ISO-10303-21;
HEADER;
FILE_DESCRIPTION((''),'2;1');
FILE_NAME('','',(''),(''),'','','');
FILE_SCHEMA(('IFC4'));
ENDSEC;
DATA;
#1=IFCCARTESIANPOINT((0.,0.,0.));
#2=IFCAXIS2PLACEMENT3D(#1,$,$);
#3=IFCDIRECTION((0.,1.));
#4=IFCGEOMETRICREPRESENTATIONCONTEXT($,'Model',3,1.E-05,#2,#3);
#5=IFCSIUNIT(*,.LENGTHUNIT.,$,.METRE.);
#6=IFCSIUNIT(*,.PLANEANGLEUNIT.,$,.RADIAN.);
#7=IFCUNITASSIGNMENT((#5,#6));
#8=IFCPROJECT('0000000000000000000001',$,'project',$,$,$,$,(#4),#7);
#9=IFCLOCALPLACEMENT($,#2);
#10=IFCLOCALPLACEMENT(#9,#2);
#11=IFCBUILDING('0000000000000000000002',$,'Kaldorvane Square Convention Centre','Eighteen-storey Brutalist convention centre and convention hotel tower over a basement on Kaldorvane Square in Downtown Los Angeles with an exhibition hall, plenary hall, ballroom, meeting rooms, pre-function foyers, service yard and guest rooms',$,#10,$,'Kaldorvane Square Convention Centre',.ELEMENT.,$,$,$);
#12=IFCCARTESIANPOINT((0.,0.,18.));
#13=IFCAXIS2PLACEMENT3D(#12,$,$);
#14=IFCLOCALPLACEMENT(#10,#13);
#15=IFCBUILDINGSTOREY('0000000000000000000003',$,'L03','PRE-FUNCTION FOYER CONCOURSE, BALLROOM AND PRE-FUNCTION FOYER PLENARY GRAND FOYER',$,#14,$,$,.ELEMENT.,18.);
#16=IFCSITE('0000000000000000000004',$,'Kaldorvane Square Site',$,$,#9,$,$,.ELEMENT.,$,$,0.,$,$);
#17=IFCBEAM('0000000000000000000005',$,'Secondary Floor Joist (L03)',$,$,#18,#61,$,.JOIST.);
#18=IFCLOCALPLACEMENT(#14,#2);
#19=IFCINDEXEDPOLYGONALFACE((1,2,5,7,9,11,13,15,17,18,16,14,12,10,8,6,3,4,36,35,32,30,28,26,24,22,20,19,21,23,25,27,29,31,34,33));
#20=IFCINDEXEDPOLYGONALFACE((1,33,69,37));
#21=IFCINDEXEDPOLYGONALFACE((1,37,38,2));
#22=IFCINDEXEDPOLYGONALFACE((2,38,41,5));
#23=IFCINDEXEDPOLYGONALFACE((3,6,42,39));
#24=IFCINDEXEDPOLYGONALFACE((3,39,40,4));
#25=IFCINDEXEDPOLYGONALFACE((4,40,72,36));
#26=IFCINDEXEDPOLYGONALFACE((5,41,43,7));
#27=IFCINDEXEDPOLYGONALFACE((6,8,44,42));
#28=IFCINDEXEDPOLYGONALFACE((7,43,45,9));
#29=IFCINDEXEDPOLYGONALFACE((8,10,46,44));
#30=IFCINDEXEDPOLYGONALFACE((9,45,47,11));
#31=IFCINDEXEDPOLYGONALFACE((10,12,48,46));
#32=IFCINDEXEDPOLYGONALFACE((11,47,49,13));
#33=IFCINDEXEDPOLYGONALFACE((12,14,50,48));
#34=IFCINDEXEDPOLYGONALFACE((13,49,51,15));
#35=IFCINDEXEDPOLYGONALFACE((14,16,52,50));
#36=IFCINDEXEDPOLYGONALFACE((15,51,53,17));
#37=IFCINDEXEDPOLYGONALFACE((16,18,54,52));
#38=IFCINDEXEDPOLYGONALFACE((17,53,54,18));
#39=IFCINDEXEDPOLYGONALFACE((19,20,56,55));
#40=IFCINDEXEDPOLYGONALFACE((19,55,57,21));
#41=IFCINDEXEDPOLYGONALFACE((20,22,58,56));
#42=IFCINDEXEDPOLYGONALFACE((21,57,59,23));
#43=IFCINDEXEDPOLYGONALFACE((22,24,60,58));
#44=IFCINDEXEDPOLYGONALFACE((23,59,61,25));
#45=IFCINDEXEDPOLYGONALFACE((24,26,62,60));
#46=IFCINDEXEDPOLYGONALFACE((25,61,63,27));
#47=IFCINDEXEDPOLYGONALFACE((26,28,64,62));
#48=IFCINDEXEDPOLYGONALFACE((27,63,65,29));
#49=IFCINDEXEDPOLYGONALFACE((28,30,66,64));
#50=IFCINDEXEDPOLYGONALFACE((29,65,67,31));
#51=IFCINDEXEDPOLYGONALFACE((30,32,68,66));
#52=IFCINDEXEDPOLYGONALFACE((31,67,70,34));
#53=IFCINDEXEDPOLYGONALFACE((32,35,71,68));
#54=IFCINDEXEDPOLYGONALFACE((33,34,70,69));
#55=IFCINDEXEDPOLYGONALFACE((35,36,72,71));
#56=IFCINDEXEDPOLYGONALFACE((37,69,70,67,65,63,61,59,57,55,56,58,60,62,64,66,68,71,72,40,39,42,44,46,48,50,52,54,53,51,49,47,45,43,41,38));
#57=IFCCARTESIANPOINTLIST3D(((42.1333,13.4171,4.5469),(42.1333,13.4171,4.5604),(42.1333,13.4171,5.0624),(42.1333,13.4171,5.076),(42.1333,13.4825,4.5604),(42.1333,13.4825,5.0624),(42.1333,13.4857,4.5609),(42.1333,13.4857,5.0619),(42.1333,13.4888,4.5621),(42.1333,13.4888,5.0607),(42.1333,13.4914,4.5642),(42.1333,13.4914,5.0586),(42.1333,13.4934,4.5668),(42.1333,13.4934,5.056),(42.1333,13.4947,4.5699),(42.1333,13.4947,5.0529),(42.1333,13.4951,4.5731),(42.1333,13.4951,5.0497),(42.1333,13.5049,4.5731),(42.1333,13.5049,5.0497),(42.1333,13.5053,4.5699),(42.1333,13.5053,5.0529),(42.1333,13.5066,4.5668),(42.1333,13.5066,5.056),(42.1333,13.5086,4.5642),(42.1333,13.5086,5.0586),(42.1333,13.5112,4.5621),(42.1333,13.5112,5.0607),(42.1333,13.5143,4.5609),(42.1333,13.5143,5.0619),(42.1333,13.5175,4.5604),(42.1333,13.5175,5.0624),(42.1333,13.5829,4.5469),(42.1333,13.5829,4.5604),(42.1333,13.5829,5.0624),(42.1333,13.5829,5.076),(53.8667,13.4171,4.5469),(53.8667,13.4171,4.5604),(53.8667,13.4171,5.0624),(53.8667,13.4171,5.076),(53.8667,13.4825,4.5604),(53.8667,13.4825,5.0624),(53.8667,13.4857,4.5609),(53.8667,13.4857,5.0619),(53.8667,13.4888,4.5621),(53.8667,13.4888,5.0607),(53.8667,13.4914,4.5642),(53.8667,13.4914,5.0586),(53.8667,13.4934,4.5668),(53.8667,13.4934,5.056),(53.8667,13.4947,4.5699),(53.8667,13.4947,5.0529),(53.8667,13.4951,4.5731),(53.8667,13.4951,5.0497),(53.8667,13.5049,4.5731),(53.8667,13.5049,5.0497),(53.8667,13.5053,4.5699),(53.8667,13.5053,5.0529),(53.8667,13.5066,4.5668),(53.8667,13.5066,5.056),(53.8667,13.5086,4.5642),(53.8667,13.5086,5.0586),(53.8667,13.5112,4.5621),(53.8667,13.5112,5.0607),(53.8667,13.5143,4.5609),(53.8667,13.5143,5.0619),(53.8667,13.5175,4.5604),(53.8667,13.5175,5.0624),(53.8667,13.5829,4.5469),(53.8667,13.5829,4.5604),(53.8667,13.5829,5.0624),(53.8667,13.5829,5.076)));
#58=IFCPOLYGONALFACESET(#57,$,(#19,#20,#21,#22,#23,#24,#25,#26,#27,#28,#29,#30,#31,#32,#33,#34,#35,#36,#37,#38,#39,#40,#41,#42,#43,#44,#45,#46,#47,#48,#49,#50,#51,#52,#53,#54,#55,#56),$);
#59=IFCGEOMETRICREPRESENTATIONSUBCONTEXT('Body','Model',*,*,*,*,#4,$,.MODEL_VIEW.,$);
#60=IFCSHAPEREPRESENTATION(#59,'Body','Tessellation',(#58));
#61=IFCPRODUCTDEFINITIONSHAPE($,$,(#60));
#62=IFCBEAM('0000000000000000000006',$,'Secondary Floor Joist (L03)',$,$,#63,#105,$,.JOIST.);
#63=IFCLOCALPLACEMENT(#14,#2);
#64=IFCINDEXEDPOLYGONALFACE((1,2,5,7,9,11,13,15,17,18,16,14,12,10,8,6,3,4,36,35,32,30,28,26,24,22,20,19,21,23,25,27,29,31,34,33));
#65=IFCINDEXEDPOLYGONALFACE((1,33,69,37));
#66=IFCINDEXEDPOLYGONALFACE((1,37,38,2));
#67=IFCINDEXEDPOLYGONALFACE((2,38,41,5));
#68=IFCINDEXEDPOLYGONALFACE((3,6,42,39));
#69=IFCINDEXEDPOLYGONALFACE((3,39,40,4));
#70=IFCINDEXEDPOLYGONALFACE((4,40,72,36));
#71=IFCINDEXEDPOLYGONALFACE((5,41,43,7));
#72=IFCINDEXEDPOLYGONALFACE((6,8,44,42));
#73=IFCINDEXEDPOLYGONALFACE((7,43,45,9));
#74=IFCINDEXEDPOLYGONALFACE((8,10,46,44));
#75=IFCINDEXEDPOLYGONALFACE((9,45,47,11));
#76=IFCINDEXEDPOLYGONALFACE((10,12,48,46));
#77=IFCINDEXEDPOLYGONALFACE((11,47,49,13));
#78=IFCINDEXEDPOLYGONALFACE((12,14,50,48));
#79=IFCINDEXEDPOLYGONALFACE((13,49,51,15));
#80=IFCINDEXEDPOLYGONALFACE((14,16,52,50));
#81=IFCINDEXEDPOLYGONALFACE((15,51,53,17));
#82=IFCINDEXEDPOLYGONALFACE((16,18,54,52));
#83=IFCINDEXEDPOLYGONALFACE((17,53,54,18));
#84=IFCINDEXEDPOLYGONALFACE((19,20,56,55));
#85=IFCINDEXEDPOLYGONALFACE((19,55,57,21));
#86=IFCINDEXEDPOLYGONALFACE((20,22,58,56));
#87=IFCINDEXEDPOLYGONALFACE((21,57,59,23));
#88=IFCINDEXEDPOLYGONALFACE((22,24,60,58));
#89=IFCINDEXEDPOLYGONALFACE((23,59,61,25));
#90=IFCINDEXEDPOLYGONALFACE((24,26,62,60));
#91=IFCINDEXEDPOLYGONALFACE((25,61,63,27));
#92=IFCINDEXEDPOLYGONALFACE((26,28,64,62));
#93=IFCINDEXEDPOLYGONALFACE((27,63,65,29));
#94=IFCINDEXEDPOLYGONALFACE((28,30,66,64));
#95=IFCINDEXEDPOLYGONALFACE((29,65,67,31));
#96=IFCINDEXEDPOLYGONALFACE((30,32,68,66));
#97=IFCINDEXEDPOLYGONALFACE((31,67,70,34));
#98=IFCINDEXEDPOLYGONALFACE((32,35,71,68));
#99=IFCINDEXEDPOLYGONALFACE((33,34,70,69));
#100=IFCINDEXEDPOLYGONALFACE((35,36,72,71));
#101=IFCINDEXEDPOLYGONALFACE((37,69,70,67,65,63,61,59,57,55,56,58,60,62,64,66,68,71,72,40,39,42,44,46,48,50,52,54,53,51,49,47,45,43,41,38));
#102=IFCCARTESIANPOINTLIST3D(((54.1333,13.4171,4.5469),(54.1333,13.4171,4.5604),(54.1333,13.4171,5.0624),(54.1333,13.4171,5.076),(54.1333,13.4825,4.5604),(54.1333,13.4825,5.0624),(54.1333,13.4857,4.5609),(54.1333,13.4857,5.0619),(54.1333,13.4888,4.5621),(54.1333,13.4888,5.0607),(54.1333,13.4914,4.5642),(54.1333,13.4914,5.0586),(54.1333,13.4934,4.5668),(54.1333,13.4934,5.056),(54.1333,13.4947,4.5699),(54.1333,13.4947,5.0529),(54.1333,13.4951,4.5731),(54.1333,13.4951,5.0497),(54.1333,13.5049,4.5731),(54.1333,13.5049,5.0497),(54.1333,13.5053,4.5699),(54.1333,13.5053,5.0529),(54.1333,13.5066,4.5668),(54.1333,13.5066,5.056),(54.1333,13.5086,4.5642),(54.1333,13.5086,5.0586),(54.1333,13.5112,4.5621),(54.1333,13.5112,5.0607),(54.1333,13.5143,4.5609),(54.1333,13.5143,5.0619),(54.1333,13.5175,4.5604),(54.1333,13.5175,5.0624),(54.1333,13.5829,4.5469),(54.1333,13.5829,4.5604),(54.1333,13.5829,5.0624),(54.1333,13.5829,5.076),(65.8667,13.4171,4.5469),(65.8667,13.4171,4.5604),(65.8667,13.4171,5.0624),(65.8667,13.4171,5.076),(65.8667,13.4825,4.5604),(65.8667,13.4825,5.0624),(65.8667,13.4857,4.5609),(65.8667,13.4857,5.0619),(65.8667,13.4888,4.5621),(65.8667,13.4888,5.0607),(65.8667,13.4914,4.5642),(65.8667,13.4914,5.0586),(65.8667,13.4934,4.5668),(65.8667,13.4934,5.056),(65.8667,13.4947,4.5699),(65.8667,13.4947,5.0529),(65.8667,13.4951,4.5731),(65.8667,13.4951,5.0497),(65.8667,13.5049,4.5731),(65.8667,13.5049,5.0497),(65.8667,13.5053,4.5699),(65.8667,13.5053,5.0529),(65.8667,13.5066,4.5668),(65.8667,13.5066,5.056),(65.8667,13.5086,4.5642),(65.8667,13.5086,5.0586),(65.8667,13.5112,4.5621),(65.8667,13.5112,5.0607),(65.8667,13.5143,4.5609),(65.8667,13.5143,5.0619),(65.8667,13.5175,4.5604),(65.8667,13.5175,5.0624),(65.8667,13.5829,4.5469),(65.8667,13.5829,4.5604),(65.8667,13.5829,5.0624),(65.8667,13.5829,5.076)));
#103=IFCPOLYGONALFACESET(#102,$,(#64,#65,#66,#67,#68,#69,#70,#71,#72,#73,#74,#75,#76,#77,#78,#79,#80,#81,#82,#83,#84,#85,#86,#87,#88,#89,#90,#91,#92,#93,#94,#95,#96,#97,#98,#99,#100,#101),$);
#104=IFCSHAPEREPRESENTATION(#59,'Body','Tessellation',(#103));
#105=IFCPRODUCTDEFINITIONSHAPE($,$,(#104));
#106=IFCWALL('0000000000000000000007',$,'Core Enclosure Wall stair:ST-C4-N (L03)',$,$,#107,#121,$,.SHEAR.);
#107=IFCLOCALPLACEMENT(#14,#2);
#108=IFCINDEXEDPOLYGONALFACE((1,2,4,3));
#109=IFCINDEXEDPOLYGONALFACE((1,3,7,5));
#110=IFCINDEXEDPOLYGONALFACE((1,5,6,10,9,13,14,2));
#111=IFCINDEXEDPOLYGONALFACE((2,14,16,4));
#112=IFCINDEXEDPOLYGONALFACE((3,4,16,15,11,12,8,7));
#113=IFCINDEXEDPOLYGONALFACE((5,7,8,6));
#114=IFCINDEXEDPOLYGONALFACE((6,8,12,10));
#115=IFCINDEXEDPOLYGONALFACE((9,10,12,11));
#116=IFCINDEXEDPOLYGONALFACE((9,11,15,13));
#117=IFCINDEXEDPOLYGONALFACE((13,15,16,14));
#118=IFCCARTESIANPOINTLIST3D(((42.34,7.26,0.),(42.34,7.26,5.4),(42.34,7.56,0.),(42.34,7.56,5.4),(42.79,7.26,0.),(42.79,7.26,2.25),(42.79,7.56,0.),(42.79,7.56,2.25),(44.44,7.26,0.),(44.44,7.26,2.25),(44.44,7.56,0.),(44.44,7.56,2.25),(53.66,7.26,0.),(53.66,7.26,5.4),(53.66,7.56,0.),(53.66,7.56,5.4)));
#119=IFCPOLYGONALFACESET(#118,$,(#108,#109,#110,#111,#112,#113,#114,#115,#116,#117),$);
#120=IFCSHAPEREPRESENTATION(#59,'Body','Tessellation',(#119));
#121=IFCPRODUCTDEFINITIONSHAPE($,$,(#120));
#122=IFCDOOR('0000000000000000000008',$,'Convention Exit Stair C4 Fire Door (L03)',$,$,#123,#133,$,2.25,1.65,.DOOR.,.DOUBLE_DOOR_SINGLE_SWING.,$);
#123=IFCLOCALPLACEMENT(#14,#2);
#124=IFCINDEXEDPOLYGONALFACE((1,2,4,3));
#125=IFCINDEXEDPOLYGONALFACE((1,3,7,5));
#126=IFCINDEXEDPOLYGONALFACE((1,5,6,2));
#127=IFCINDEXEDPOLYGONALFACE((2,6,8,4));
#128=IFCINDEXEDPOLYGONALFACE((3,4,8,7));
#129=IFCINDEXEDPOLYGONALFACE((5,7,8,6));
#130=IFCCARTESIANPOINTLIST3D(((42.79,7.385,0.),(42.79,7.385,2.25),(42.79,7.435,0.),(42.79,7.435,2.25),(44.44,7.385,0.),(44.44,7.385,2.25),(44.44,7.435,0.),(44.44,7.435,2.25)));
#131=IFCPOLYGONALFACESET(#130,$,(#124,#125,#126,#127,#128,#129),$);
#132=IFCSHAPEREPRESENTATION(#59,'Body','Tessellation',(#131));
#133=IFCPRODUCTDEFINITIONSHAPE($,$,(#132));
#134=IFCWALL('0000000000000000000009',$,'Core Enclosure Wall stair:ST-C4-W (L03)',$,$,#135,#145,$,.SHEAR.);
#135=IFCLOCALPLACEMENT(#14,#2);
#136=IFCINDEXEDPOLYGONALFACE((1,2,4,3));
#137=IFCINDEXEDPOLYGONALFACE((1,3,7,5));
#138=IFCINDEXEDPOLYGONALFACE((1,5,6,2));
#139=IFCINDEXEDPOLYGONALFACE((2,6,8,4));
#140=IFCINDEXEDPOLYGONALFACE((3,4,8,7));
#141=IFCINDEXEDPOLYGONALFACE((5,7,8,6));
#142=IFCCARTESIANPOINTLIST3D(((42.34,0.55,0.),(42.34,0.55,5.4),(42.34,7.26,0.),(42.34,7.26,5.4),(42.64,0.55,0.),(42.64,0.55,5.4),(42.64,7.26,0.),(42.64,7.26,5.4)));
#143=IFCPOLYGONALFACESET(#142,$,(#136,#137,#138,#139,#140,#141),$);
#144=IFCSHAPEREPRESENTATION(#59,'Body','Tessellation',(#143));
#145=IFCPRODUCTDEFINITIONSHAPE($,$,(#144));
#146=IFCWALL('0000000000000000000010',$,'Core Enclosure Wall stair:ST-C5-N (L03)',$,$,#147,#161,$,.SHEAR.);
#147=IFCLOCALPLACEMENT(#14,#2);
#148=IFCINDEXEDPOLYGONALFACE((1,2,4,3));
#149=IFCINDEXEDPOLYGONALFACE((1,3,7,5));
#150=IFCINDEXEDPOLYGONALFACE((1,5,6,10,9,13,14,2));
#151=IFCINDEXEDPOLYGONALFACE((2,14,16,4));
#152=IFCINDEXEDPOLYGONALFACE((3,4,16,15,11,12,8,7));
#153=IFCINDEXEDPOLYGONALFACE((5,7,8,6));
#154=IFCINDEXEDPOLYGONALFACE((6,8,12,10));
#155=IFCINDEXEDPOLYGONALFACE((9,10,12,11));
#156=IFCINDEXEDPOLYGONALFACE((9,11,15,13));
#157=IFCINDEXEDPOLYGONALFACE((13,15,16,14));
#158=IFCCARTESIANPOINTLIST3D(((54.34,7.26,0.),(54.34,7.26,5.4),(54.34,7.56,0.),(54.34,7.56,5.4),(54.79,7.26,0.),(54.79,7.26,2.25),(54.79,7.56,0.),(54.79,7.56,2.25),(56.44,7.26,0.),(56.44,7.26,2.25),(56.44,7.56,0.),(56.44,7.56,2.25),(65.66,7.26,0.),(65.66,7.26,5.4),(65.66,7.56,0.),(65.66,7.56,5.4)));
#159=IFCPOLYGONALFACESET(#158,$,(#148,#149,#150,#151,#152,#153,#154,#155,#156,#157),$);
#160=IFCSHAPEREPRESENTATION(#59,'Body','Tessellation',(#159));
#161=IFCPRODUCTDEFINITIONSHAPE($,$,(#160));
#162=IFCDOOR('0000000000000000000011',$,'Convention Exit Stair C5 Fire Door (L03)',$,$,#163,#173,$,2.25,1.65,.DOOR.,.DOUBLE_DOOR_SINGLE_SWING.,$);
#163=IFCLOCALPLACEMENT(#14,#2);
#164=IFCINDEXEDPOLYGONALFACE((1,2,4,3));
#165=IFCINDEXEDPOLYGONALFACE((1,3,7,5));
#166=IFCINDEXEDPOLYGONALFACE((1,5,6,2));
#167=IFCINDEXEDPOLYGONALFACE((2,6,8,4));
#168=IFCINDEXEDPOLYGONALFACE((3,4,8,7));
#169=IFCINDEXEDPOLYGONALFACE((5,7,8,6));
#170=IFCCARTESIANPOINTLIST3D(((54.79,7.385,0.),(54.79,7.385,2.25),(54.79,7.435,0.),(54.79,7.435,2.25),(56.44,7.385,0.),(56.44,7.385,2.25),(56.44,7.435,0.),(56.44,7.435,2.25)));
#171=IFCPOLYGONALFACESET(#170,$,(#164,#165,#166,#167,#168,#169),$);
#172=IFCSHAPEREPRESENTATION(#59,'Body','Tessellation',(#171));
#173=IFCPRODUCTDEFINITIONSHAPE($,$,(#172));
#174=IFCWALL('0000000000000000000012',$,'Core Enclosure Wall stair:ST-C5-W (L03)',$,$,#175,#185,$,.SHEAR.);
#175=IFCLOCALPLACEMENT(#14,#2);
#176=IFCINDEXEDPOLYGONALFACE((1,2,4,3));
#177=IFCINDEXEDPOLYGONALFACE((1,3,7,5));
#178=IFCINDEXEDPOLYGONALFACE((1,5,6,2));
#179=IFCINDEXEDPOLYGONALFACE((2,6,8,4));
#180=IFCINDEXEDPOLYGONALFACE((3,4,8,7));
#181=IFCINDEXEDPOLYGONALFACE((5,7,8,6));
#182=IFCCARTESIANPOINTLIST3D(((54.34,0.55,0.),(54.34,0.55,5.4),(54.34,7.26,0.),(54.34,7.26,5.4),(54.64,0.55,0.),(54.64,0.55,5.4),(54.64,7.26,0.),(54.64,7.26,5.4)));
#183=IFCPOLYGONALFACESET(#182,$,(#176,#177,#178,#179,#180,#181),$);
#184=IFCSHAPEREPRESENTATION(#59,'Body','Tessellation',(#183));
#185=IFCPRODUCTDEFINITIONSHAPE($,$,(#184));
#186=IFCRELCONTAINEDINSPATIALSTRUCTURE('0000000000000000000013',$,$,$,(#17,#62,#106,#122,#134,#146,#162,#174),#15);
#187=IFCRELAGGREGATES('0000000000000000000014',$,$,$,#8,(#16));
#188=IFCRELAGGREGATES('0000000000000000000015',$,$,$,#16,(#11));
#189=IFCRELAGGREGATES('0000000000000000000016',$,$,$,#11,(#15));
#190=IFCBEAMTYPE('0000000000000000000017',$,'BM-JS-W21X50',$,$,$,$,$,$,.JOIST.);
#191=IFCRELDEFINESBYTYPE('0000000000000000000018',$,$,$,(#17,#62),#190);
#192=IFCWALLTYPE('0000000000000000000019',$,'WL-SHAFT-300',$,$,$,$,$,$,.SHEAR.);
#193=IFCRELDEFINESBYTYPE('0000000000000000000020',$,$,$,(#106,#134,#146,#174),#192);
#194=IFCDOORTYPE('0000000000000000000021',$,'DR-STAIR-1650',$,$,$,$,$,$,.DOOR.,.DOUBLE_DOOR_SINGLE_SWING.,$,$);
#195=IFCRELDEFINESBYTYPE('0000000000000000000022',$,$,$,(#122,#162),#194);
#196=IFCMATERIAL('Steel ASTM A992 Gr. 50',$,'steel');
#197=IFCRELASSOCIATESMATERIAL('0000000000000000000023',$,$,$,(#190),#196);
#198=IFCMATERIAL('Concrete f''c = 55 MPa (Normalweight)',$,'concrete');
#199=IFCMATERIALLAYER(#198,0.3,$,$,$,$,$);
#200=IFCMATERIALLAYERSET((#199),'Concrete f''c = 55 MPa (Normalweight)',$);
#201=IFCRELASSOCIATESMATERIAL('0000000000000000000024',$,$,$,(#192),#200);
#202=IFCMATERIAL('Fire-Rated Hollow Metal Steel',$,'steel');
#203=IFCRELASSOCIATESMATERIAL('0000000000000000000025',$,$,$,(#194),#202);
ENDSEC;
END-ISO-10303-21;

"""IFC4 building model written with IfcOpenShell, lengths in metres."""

from ifc_helpers import new_model, si_unit, direction, frame, frame_2d, origin, origin_2d, place, context, subcontext, project, spatial, rectangle, i_section, extrude, material, layer, layer_set, material_profile, profile_set, type_object, element, fill, save


model = new_model("IFC4")

# Units and contexts
model_context = context("Model", 3, precision=1e-05, world=origin(), true_north=direction((0.0, 1.0)))
body_context = subcontext(model_context, "Body", "Model", "MODEL_VIEW")
ifc_project = project(units=[si_unit("LENGTHUNIT", "METRE"), si_unit("PLANEANGLEUNIT", "RADIAN")], contexts=[model_context])

# Site, building, storey
site_placement = place(None, origin())
site = spatial("IfcSite", under=ifc_project, at=site_placement, Name="Kaldorvane Square Site", CompositionType="ELEMENT", RefElevation=0.0)
building_placement = place(site_placement, origin())
building = spatial("IfcBuilding", under=site, at=building_placement, Name="Kaldorvane Square Convention Centre", Description="Eighteen-storey Brutalist convention centre and convention hotel tower over a basement on Kaldorvane Square in Downtown Los Angeles with an exhibition hall, plenary hall, ballroom, meeting rooms, pre-function foyers, service yard and guest rooms", LongName="Kaldorvane Square Convention Centre", CompositionType="ELEMENT")
storey_placement = place(building_placement, frame((0.0, 0.0, 18.0)))
storey = spatial("IfcBuildingStorey", under=building, at=storey_placement, Name="L03", Description="PRE-FUNCTION FOYER CONCOURSE, BALLROOM AND PRE-FUNCTION FOYER PLENARY GRAND FOYER", CompositionType="ELEMENT", Elevation=18.0)

# Shared definitions
ifc_material_1 = material(Name="Concrete f'c = 55 MPa (Normalweight)", Category="concrete")
ifc_material_2 = material(Name="Steel ASTM A992 Gr. 50", Category="steel")

# Beams
ifc_material_profile_1 = material_profile(ifc_material_2, i_section(OverallWidth=0.1659, OverallDepth=0.5291, WebThickness=0.0097, FlangeThickness=0.0136, FilletRadius=0.0127, at=origin_2d()), Name="W21X50")
ifc_profile_set_1 = profile_set([ifc_material_profile_1], Name="Steel ASTM A992 Gr. 50")
beam_type_1 = type_object("IfcBeamType", Name="BM-JS-W21X50", PredefinedType="JOIST", material=ifc_profile_set_1)
for number, where, z_axis, x_axis, name in (
    (1, (42.1333, 13.5, 4.8114), (1.0, 0.0, 0.0), (0.0, 1.0, 0.0), "Secondary Floor Joist (L03)"),
    (2, (54.1333, 13.5, 4.8114), (1.0, 0.0, 0.0), (0.0, 1.0, 0.0), "Secondary Floor Joist (L03)"),
):
    element("IfcBeam", number, at=place(storey_placement, frame(where, z_axis=z_axis, x_axis=x_axis)), inside=storey, type_object=beam_type_1, Name=name, PredefinedType="JOIST", context=body_context, shape_type="SweptSolid", body=[
        extrude(i_section(OverallWidth=0.1659, OverallDepth=0.5291, WebThickness=0.0097, FlangeThickness=0.0136, FilletRadius=0.0127, at=origin_2d()), origin(), (0.0, 0.0, 1.0), 11.7334),
    ])

# Wall, opening, door
ifc_layer = layer(ifc_material_1, 0.3)
ifc_layer_set = layer_set([ifc_layer], Name="Concrete f'c = 55 MPa (Normalweight)")
wall_type = type_object("IfcWallType", Name="WL-SHAFT-300", PredefinedType="SHEAR", material=ifc_layer_set)
wall_1_placement = place(storey_placement, frame((53.66, 7.41, 0.0), z_axis=(0.0, 0.0, 1.0), x_axis=(-1.0, 0.0, 0.0)))
wall_1 = element("IfcWall", 3, at=wall_1_placement, inside=storey, type_object=wall_type, Name="Core Enclosure Wall stair:ST-C4-N (L03)", PredefinedType="SHEAR", context=body_context, shape_type="SweptSolid", body=[
    extrude(rectangle(XDim=11.32, YDim=0.3, at=frame_2d((5.66, 0.0))), origin(), (0.0, 0.0, 1.0), 5.4),
])
opening_1_placement = place(wall_1_placement, frame((9.22, 0.0, 0.0)))
opening_1 = element("IfcOpeningElement", 4, at=opening_1_placement, cuts=wall_1, PredefinedType="OPENING", context=body_context, shape_type="SweptSolid", body=[
    extrude(rectangle(XDim=1.65, YDim=2.25, at=frame_2d((0.825, 1.125))), frame((0.0, 0.165, 0.0), z_axis=(0.0, -1.0, 0.0), x_axis=(1.0, 0.0, 0.0)), (0.0, 0.0, 1.0), 0.33),
])
ifc_material_3 = material(Name="Fire-Rated Hollow Metal Steel", Category="steel")
door_type = type_object("IfcDoorType", Name="DR-STAIR-1650", OperationType="DOUBLE_DOOR_SINGLE_SWING", PredefinedType="DOOR", material=ifc_material_3)
door_1_placement = place(opening_1_placement, origin())
door_1 = element("IfcDoor", 5, at=door_1_placement, inside=storey, type_object=door_type, Name="Convention Exit Stair C4 Fire Door (L03)", OperationType="DOUBLE_DOOR_SINGLE_SWING", OverallHeight=2.25, OverallWidth=1.65, PredefinedType="DOOR", context=body_context, shape_type="SweptSolid", body=[
    extrude(rectangle(XDim=1.65, YDim=2.25, at=frame_2d((0.825, 1.125))), frame((0.0, 0.025, 0.0), z_axis=(0.0, -1.0, 0.0), x_axis=(1.0, 0.0, 0.0)), (0.0, 0.0, 1.0), 0.05),
])
fill(opening_1, door_1)

# Wall
wall_2_placement = place(storey_placement, frame((42.49, 7.26, 0.0), z_axis=(0.0, 0.0, 1.0), x_axis=(0.0, -1.0, 0.0)))
element("IfcWall", 6, at=wall_2_placement, inside=storey, type_object=wall_type, Name="Core Enclosure Wall stair:ST-C4-W (L03)", PredefinedType="SHEAR", context=body_context, shape_type="SweptSolid", body=[
    extrude(rectangle(XDim=6.71, YDim=0.3, at=frame_2d((3.355, 0.0))), origin(), (0.0, 0.0, 1.0), 5.4),
])

# Wall, opening, door
wall_3_placement = place(storey_placement, frame((65.66, 7.41, 0.0), z_axis=(0.0, 0.0, 1.0), x_axis=(-1.0, 0.0, 0.0)))
wall_3 = element("IfcWall", 7, at=wall_3_placement, inside=storey, type_object=wall_type, Name="Core Enclosure Wall stair:ST-C5-N (L03)", PredefinedType="SHEAR", context=body_context, shape_type="SweptSolid", body=[
    extrude(rectangle(XDim=11.32, YDim=0.3, at=frame_2d((5.66, 0.0))), origin(), (0.0, 0.0, 1.0), 5.4),
])
opening_2_placement = place(wall_3_placement, frame((9.22, 0.0, 0.0)))
opening_2 = element("IfcOpeningElement", 8, at=opening_2_placement, cuts=wall_3, PredefinedType="OPENING", context=body_context, shape_type="SweptSolid", body=[
    extrude(rectangle(XDim=1.65, YDim=2.25, at=frame_2d((0.825, 1.125))), frame((0.0, 0.165, 0.0), z_axis=(0.0, -1.0, 0.0), x_axis=(1.0, 0.0, 0.0)), (0.0, 0.0, 1.0), 0.33),
])
door_2_placement = place(opening_2_placement, origin())
door_2 = element("IfcDoor", 9, at=door_2_placement, inside=storey, type_object=door_type, Name="Convention Exit Stair C5 Fire Door (L03)", OperationType="DOUBLE_DOOR_SINGLE_SWING", OverallHeight=2.25, OverallWidth=1.65, PredefinedType="DOOR", context=body_context, shape_type="SweptSolid", body=[
    extrude(rectangle(XDim=1.65, YDim=2.25, at=frame_2d((0.825, 1.125))), frame((0.0, 0.025, 0.0), z_axis=(0.0, -1.0, 0.0), x_axis=(1.0, 0.0, 0.0)), (0.0, 0.0, 1.0), 0.05),
])
fill(opening_2, door_2)

# Wall
wall_4_placement = place(storey_placement, frame((54.49, 7.26, 0.0), z_axis=(0.0, 0.0, 1.0), x_axis=(0.0, -1.0, 0.0)))
element("IfcWall", 10, at=wall_4_placement, inside=storey, type_object=wall_type, Name="Core Enclosure Wall stair:ST-C5-W (L03)", PredefinedType="SHEAR", context=body_context, shape_type="SweptSolid", body=[
    extrude(rectangle(XDim=6.71, YDim=0.3, at=frame_2d((3.355, 0.0))), origin(), (0.0, 0.0, 1.0), 5.4),
])

save(model, "model.ifc")
